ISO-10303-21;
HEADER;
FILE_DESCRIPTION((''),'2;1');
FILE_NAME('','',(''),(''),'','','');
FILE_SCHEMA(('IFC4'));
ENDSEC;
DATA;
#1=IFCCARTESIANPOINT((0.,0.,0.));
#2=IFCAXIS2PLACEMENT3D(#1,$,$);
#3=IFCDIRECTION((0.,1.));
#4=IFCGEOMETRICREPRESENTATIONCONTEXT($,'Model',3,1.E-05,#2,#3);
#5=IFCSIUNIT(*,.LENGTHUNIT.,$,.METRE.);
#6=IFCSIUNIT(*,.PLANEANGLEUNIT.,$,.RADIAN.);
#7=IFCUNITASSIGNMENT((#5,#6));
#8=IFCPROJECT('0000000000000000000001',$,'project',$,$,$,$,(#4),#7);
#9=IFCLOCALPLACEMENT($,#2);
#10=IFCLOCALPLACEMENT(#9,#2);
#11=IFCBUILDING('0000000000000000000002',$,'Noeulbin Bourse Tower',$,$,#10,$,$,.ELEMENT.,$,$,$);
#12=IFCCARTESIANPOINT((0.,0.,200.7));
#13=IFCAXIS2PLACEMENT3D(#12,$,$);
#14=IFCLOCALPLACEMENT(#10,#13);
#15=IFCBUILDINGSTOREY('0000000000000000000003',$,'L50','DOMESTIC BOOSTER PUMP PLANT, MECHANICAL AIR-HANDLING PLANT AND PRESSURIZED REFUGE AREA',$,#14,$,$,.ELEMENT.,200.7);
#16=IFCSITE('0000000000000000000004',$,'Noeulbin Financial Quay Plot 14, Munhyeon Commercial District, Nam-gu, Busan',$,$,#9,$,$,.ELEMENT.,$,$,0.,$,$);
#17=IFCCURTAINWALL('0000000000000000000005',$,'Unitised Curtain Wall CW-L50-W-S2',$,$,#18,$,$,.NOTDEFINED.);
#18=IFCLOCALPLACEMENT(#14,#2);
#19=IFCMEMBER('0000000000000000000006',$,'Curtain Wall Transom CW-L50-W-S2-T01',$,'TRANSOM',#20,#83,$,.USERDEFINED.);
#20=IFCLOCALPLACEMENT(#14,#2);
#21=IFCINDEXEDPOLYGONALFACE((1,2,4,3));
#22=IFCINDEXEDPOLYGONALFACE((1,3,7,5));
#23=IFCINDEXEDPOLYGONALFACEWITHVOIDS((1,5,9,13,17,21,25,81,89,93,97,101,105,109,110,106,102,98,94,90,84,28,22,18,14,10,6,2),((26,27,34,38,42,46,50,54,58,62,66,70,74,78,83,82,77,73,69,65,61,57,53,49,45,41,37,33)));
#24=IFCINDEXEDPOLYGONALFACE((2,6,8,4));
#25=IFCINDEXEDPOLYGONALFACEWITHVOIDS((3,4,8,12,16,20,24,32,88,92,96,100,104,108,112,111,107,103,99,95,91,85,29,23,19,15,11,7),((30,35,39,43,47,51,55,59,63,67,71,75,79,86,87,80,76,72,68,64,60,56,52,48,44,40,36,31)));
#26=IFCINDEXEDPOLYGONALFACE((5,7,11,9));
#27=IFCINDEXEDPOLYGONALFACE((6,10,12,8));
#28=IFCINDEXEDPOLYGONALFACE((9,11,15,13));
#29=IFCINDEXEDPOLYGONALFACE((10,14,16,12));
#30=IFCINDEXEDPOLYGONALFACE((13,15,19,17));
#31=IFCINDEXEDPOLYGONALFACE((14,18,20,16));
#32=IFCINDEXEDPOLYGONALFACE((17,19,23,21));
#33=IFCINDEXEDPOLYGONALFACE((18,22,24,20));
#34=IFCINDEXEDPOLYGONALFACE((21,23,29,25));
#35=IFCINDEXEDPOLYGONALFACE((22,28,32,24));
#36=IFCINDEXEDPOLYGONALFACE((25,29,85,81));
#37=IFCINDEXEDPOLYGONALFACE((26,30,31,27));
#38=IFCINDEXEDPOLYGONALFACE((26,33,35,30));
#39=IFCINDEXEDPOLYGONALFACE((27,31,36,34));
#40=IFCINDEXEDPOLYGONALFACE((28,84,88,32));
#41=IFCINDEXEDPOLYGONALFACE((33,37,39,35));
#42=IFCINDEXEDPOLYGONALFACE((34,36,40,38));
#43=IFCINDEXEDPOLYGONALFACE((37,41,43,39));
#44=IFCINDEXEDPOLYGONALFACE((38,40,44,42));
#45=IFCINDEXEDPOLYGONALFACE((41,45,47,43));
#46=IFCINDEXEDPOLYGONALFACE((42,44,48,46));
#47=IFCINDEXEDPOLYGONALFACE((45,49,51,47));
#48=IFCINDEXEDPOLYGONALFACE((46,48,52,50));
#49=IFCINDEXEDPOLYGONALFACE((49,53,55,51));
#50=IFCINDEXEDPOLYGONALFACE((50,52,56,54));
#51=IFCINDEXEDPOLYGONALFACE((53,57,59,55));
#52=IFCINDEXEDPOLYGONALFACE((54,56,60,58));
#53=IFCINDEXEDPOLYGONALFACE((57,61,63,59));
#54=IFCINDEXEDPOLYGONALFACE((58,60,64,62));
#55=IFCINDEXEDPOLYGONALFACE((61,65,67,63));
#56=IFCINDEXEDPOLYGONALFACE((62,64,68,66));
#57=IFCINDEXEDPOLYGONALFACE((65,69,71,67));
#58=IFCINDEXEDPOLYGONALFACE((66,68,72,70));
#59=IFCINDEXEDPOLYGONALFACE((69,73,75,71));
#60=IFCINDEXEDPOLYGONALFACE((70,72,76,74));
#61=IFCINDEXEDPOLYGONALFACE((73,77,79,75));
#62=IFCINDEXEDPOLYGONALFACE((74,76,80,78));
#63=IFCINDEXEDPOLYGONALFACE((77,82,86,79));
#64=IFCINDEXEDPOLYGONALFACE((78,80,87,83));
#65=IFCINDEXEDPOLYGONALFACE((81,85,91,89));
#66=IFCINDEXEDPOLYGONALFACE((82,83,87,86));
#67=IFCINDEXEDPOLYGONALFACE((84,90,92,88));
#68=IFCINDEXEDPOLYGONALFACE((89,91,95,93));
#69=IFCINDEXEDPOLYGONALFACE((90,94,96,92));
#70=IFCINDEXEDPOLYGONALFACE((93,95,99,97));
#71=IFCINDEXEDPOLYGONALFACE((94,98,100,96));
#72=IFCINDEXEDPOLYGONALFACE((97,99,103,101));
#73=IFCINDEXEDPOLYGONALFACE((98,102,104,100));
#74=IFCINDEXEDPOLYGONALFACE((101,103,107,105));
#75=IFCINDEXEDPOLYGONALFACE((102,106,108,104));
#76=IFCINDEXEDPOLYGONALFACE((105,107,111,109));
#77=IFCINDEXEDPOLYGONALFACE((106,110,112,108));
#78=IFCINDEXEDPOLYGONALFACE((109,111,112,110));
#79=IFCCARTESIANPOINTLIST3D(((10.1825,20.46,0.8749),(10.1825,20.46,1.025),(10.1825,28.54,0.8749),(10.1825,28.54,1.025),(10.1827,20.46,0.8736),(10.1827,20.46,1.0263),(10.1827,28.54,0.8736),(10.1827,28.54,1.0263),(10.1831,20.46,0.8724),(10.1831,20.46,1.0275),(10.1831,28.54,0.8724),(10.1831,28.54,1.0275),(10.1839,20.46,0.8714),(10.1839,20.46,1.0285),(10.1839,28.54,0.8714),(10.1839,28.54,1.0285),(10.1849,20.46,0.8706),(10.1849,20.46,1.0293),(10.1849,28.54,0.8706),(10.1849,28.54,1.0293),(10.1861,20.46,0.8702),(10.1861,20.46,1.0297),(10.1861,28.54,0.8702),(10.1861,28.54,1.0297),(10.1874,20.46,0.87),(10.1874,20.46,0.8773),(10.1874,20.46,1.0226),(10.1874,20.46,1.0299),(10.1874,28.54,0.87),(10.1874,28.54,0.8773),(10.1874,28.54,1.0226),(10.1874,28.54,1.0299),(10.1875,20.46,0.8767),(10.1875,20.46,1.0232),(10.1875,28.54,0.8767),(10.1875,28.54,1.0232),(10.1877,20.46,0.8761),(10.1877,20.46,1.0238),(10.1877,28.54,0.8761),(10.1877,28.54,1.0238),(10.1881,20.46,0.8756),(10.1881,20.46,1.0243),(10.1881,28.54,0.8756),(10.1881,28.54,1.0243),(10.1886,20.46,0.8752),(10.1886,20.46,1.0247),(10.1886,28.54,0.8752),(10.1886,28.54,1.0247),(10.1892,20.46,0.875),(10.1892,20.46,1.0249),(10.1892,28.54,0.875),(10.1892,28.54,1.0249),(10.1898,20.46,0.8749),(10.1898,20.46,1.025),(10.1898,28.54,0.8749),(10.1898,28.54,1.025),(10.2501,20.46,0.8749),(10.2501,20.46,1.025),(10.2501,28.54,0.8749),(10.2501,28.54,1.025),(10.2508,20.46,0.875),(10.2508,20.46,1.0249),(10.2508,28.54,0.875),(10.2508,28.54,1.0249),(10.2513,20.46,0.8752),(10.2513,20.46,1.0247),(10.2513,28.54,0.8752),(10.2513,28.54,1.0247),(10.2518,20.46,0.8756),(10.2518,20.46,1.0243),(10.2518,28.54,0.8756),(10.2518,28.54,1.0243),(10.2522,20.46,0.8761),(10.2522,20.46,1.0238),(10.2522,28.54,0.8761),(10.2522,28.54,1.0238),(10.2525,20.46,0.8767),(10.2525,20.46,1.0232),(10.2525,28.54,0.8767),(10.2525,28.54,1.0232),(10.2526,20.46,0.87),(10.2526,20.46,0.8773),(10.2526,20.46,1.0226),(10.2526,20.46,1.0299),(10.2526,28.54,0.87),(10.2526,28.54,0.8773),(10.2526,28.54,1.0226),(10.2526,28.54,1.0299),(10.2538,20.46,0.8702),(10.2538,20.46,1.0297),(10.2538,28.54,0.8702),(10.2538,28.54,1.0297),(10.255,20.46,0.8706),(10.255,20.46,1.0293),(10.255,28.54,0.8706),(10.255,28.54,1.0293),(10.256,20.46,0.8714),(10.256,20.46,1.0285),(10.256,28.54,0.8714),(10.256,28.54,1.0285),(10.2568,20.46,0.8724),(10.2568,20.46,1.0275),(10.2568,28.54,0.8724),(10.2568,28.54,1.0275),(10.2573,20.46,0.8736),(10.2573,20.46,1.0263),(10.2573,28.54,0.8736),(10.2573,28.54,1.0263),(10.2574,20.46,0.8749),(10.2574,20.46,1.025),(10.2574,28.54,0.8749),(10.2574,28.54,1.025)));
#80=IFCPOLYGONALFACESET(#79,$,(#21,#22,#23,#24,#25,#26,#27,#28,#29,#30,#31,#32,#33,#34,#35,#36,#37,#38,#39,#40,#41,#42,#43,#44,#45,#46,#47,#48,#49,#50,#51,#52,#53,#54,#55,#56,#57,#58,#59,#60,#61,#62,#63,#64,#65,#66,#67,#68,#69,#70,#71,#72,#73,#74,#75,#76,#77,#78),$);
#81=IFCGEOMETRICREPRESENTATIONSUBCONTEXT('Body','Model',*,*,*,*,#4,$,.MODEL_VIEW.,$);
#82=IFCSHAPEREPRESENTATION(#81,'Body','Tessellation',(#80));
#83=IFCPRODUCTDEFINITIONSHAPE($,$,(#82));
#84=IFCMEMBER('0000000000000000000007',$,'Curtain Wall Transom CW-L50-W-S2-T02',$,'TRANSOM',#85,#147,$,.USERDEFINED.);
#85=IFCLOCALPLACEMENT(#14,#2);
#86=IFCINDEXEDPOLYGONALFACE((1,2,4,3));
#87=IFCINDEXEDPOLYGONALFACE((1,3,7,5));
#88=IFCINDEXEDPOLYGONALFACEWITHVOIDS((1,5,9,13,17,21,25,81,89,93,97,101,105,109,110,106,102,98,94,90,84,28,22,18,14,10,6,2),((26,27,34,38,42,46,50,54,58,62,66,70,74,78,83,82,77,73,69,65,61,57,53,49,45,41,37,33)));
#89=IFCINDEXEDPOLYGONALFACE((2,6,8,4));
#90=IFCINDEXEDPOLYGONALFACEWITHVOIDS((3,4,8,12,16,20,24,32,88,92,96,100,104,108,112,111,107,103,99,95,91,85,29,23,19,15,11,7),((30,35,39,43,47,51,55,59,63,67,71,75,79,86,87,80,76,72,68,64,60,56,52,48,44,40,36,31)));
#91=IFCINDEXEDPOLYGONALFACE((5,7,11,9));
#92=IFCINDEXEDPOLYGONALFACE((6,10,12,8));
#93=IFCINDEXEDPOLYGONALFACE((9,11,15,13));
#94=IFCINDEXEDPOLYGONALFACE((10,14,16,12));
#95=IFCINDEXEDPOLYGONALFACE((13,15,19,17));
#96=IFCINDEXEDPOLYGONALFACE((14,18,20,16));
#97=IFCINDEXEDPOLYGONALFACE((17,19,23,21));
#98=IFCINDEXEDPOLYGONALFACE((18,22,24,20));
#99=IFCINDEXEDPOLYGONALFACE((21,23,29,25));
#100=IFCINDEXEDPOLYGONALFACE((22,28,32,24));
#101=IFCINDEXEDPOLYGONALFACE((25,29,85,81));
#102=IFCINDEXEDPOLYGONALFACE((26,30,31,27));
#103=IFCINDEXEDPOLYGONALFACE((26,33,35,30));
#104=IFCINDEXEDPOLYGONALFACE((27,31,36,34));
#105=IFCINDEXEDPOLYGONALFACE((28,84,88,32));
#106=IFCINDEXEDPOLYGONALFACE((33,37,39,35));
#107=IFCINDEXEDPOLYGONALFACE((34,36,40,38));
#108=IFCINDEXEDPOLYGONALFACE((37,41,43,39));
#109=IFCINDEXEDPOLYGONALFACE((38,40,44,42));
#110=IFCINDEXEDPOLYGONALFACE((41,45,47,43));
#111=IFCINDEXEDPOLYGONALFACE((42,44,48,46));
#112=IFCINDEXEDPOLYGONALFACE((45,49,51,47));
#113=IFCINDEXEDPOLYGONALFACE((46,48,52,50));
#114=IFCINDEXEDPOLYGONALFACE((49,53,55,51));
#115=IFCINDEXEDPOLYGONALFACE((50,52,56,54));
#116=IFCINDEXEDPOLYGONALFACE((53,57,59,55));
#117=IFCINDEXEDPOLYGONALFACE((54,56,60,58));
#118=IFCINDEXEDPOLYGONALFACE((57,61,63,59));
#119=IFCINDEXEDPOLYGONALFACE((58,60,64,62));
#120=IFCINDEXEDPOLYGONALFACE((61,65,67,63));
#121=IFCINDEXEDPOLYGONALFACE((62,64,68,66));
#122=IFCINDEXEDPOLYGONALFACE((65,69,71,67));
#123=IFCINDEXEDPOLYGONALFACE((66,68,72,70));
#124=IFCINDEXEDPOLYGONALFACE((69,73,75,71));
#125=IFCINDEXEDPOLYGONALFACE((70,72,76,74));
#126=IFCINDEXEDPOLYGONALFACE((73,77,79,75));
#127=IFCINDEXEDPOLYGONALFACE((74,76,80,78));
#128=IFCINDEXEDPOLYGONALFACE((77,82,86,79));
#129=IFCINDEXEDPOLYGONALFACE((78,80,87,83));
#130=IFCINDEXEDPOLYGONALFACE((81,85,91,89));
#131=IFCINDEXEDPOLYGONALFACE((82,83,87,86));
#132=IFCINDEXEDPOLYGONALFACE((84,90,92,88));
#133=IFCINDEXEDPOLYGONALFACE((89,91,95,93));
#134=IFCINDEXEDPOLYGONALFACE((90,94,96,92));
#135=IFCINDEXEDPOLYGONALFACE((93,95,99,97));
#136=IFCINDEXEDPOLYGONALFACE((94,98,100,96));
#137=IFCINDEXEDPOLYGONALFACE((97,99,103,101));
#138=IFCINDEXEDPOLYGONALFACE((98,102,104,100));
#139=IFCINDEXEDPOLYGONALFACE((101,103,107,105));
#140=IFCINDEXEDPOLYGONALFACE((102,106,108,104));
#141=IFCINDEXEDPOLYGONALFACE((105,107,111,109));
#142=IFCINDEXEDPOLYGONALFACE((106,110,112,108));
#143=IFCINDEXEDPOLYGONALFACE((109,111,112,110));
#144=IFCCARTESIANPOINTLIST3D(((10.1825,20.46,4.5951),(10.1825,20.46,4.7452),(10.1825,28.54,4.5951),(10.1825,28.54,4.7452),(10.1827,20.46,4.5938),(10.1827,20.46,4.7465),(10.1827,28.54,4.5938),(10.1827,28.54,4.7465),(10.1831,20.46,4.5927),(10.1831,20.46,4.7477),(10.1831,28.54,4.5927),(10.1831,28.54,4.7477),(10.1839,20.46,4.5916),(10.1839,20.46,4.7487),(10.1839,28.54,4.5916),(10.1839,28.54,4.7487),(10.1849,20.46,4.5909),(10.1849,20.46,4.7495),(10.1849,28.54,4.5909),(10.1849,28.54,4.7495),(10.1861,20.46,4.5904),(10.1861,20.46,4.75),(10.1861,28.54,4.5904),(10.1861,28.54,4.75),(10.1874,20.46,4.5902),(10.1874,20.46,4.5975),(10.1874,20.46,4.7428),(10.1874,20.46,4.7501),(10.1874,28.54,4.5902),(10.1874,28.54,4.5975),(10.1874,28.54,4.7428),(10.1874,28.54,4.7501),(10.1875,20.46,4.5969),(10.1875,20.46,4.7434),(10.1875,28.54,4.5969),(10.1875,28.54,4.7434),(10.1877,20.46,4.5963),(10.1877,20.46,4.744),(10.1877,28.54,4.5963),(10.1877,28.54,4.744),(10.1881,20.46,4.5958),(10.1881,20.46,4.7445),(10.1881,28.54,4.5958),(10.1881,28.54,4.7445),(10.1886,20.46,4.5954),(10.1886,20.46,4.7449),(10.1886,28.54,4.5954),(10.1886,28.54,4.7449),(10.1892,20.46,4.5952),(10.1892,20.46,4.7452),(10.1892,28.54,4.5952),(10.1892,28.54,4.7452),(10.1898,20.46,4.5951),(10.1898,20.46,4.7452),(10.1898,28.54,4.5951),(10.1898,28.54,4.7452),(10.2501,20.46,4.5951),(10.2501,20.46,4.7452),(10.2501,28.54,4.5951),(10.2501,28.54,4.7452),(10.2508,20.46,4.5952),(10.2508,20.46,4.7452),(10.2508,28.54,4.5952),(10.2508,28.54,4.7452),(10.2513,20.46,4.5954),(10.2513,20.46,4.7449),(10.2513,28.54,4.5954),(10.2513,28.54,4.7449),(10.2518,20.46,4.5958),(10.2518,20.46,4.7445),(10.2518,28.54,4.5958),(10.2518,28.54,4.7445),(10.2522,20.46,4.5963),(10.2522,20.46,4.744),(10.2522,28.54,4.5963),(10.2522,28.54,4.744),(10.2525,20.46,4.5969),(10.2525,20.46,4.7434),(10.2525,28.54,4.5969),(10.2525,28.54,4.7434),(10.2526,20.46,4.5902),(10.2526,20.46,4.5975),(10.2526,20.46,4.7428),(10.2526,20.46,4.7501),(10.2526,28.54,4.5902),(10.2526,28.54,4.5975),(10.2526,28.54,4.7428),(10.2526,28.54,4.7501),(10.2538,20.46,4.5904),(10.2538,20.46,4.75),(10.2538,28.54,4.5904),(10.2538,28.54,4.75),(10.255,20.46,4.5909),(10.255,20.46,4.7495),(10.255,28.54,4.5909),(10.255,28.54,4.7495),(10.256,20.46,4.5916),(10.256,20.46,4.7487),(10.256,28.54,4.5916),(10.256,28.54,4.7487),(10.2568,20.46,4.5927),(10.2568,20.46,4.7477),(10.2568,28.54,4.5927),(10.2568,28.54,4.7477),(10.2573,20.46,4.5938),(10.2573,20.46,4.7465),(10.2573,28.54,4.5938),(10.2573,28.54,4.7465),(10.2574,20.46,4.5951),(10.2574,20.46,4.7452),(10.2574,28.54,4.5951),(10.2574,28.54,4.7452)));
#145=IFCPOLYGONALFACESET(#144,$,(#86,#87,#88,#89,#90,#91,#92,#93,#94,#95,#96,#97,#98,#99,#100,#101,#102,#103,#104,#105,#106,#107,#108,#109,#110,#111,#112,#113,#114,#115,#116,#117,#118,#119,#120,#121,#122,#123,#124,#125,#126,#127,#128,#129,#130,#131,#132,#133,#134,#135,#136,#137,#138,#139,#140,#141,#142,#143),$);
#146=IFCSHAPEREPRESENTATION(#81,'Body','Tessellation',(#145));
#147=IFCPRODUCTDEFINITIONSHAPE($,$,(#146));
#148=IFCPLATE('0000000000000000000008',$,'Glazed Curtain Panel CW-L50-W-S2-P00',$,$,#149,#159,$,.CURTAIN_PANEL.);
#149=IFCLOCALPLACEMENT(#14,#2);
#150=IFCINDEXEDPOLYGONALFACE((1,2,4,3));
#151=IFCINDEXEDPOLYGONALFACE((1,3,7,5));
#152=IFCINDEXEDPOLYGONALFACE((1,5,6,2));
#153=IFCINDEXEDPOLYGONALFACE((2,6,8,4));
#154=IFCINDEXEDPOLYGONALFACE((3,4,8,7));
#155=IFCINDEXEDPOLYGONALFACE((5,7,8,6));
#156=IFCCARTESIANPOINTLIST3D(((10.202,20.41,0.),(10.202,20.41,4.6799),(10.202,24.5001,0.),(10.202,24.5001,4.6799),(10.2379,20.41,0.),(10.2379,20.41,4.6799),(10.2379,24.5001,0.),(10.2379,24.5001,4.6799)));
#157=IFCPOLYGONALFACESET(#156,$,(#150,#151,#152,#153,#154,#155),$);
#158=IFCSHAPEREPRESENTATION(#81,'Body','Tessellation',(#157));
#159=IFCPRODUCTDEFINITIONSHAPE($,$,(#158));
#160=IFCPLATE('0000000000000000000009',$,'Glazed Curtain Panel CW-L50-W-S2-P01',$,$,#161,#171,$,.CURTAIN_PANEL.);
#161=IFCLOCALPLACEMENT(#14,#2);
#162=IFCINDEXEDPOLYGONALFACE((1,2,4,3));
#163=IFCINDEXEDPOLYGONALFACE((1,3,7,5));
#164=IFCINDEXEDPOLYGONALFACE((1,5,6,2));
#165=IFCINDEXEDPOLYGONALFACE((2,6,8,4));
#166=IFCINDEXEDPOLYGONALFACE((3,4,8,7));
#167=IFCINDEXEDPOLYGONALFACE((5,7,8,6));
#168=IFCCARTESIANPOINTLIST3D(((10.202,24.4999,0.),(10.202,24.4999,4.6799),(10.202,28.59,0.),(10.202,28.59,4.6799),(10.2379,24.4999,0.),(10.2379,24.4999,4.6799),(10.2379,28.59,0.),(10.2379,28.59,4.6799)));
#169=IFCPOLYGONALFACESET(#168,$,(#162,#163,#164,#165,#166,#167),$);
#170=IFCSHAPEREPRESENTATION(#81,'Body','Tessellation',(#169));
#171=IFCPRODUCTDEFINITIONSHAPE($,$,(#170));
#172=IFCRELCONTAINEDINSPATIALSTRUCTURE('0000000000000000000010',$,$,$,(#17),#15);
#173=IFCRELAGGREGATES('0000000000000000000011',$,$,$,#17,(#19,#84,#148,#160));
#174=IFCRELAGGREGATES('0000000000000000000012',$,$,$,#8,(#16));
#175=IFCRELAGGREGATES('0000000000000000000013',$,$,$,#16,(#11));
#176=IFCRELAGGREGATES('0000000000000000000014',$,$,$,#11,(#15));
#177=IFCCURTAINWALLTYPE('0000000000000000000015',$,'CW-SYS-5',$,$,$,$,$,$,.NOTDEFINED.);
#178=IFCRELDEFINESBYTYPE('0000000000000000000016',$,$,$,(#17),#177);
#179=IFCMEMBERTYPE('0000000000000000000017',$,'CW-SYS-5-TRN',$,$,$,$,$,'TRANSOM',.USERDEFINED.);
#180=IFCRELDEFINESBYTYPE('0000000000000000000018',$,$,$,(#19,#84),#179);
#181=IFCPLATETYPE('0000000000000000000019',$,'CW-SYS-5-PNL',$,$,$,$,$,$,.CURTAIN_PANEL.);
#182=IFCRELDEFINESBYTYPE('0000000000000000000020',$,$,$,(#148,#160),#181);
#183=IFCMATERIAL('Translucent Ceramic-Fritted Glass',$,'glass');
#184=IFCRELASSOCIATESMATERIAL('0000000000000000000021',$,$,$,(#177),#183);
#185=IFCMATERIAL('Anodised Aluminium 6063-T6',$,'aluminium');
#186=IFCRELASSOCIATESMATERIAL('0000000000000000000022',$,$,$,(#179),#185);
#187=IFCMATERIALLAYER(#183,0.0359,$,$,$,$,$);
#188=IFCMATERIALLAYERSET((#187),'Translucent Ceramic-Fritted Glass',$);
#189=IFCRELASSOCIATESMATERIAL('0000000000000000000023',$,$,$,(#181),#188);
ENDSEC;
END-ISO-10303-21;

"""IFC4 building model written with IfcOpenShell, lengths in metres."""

from ifc_helpers import new_model, si_unit, direction, frame, origin, origin_2d, place, context, subcontext, project, spatial, rectangle, hollow_rectangle, extrude, material, layer, layer_set, material_profile, profile_set, type_object, element, aggregate, save


model = new_model("IFC4")

# Units and contexts
model_context = context("Model", 3, precision=1e-05, world=origin(), true_north=direction((0.0, 1.0)))
body_context = subcontext(model_context, "Body", "Model", "MODEL_VIEW")
ifc_project = project(units=[si_unit("LENGTHUNIT", "METRE"), si_unit("PLANEANGLEUNIT", "RADIAN")], contexts=[model_context])

# Site, building, storey
site_placement = place(None, origin())
site = spatial("IfcSite", under=ifc_project, at=site_placement, Name="Noeulbin Financial Quay Plot 14, Munhyeon Commercial District, Nam-gu, Busan", CompositionType="ELEMENT", RefElevation=0.0)
building_placement = place(site_placement, origin())
building = spatial("IfcBuilding", under=site, at=building_placement, Name="Noeulbin Bourse Tower", CompositionType="ELEMENT")
storey_placement = place(building_placement, frame((0.0, 0.0, 200.7)))
storey = spatial("IfcBuildingStorey", under=building, at=storey_placement, Name="L50", Description="DOMESTIC BOOSTER PUMP PLANT, MECHANICAL AIR-HANDLING PLANT AND PRESSURIZED REFUGE AREA", CompositionType="ELEMENT", Elevation=200.7)

# Curtain wall, members, plates
ifc_material_1 = material(Name="Translucent Ceramic-Fritted Glass", Category="glass")
curtain_wall_type = type_object("IfcCurtainWallType", Name="CW-SYS-5", PredefinedType="NOTDEFINED", material=ifc_material_1)
curtain_wall_placement = place(storey_placement, origin())
curtain_wall = element("IfcCurtainWall", 1, at=curtain_wall_placement, inside=storey, type_object=curtain_wall_type, Name="Unitised Curtain Wall CW-L50-W-S2", PredefinedType="NOTDEFINED")
ifc_material_2 = material(Name="Anodised Aluminium 6063-T6", Category="aluminium")
ifc_material_profile_1 = material_profile(ifc_material_2, hollow_rectangle(XDim=0.075, YDim=0.1599, WallThickness=0.0049, InnerFilletRadius=0.0024, OuterFilletRadius=0.0049, at=origin_2d()), Name="ALU-TRAN-75x160x5", Category="LoadBearing")
ifc_profile_set_1 = profile_set([ifc_material_profile_1], Name="Anodised Aluminium 6063-T6")
member_type_1 = type_object("IfcMemberType", Name="CW-SYS-5-TRN", ElementType="TRANSOM", PredefinedType="USERDEFINED", material=ifc_profile_set_1)
member_1_placement = place(storey_placement, frame((10.22, 20.46, 0.95), z_axis=(0.0, 1.0, 0.0), x_axis=(-1.0, 0.0, 0.0)))
member_1 = element("IfcMember", 2, at=member_1_placement, type_object=member_type_1, Name="Curtain Wall Transom CW-L50-W-S2-T01", ObjectType="TRANSOM", PredefinedType="USERDEFINED", context=body_context, shape_type="SweptSolid", body=[
    extrude(hollow_rectangle(XDim=0.075, YDim=0.1599, WallThickness=0.0049, InnerFilletRadius=0.0024, OuterFilletRadius=0.0049, at=origin_2d()), origin(), (0.0, 0.0, 1.0), 8.0801),
])
member_2_placement = place(storey_placement, frame((10.22, 20.46, 4.6702), z_axis=(0.0, 1.0, 0.0), x_axis=(-1.0, 0.0, 0.0)))
member_2 = element("IfcMember", 3, at=member_2_placement, type_object=member_type_1, Name="Curtain Wall Transom CW-L50-W-S2-T02", ObjectType="TRANSOM", PredefinedType="USERDEFINED", context=body_context, shape_type="SweptSolid", body=[
    extrude(hollow_rectangle(XDim=0.075, YDim=0.1599, WallThickness=0.0049, InnerFilletRadius=0.0024, OuterFilletRadius=0.0049, at=origin_2d()), origin(), (0.0, 0.0, 1.0), 8.0801),
])
ifc_layer_1 = layer(ifc_material_1, 0.0359)
ifc_layer_set_1 = layer_set([ifc_layer_1], Name="Translucent Ceramic-Fritted Glass")
plate_type = type_object("IfcPlateType", Name="CW-SYS-5-PNL", PredefinedType="CURTAIN_PANEL", material=ifc_layer_set_1)
plate_1_placement = place(storey_placement, frame((10.22, 22.4551, 0.0), z_axis=(0.0, 0.0, 1.0), x_axis=(0.0, 1.0, 0.0)))
plate_1 = element("IfcPlate", 4, at=plate_1_placement, type_object=plate_type, Name="Glazed Curtain Panel CW-L50-W-S2-P00", PredefinedType="CURTAIN_PANEL", context=body_context, shape_type="SweptSolid", body=[
    extrude(rectangle(XDim=4.0901, YDim=0.0359, at=origin_2d()), origin(), (0.0, 0.0, 1.0), 4.6799),
])
plate_2_placement = place(storey_placement, frame((10.22, 26.5449, 0.0), z_axis=(0.0, 0.0, 1.0), x_axis=(0.0, 1.0, 0.0)))
plate_2 = element("IfcPlate", 5, at=plate_2_placement, type_object=plate_type, Name="Glazed Curtain Panel CW-L50-W-S2-P01", PredefinedType="CURTAIN_PANEL", context=body_context, shape_type="SweptSolid", body=[
    extrude(rectangle(XDim=4.0901, YDim=0.0359, at=origin_2d()), origin(), (0.0, 0.0, 1.0), 4.6799),
])
aggregate(curtain_wall, [member_1, member_2, plate_1, plate_2])

save(model, "model.ifc")
